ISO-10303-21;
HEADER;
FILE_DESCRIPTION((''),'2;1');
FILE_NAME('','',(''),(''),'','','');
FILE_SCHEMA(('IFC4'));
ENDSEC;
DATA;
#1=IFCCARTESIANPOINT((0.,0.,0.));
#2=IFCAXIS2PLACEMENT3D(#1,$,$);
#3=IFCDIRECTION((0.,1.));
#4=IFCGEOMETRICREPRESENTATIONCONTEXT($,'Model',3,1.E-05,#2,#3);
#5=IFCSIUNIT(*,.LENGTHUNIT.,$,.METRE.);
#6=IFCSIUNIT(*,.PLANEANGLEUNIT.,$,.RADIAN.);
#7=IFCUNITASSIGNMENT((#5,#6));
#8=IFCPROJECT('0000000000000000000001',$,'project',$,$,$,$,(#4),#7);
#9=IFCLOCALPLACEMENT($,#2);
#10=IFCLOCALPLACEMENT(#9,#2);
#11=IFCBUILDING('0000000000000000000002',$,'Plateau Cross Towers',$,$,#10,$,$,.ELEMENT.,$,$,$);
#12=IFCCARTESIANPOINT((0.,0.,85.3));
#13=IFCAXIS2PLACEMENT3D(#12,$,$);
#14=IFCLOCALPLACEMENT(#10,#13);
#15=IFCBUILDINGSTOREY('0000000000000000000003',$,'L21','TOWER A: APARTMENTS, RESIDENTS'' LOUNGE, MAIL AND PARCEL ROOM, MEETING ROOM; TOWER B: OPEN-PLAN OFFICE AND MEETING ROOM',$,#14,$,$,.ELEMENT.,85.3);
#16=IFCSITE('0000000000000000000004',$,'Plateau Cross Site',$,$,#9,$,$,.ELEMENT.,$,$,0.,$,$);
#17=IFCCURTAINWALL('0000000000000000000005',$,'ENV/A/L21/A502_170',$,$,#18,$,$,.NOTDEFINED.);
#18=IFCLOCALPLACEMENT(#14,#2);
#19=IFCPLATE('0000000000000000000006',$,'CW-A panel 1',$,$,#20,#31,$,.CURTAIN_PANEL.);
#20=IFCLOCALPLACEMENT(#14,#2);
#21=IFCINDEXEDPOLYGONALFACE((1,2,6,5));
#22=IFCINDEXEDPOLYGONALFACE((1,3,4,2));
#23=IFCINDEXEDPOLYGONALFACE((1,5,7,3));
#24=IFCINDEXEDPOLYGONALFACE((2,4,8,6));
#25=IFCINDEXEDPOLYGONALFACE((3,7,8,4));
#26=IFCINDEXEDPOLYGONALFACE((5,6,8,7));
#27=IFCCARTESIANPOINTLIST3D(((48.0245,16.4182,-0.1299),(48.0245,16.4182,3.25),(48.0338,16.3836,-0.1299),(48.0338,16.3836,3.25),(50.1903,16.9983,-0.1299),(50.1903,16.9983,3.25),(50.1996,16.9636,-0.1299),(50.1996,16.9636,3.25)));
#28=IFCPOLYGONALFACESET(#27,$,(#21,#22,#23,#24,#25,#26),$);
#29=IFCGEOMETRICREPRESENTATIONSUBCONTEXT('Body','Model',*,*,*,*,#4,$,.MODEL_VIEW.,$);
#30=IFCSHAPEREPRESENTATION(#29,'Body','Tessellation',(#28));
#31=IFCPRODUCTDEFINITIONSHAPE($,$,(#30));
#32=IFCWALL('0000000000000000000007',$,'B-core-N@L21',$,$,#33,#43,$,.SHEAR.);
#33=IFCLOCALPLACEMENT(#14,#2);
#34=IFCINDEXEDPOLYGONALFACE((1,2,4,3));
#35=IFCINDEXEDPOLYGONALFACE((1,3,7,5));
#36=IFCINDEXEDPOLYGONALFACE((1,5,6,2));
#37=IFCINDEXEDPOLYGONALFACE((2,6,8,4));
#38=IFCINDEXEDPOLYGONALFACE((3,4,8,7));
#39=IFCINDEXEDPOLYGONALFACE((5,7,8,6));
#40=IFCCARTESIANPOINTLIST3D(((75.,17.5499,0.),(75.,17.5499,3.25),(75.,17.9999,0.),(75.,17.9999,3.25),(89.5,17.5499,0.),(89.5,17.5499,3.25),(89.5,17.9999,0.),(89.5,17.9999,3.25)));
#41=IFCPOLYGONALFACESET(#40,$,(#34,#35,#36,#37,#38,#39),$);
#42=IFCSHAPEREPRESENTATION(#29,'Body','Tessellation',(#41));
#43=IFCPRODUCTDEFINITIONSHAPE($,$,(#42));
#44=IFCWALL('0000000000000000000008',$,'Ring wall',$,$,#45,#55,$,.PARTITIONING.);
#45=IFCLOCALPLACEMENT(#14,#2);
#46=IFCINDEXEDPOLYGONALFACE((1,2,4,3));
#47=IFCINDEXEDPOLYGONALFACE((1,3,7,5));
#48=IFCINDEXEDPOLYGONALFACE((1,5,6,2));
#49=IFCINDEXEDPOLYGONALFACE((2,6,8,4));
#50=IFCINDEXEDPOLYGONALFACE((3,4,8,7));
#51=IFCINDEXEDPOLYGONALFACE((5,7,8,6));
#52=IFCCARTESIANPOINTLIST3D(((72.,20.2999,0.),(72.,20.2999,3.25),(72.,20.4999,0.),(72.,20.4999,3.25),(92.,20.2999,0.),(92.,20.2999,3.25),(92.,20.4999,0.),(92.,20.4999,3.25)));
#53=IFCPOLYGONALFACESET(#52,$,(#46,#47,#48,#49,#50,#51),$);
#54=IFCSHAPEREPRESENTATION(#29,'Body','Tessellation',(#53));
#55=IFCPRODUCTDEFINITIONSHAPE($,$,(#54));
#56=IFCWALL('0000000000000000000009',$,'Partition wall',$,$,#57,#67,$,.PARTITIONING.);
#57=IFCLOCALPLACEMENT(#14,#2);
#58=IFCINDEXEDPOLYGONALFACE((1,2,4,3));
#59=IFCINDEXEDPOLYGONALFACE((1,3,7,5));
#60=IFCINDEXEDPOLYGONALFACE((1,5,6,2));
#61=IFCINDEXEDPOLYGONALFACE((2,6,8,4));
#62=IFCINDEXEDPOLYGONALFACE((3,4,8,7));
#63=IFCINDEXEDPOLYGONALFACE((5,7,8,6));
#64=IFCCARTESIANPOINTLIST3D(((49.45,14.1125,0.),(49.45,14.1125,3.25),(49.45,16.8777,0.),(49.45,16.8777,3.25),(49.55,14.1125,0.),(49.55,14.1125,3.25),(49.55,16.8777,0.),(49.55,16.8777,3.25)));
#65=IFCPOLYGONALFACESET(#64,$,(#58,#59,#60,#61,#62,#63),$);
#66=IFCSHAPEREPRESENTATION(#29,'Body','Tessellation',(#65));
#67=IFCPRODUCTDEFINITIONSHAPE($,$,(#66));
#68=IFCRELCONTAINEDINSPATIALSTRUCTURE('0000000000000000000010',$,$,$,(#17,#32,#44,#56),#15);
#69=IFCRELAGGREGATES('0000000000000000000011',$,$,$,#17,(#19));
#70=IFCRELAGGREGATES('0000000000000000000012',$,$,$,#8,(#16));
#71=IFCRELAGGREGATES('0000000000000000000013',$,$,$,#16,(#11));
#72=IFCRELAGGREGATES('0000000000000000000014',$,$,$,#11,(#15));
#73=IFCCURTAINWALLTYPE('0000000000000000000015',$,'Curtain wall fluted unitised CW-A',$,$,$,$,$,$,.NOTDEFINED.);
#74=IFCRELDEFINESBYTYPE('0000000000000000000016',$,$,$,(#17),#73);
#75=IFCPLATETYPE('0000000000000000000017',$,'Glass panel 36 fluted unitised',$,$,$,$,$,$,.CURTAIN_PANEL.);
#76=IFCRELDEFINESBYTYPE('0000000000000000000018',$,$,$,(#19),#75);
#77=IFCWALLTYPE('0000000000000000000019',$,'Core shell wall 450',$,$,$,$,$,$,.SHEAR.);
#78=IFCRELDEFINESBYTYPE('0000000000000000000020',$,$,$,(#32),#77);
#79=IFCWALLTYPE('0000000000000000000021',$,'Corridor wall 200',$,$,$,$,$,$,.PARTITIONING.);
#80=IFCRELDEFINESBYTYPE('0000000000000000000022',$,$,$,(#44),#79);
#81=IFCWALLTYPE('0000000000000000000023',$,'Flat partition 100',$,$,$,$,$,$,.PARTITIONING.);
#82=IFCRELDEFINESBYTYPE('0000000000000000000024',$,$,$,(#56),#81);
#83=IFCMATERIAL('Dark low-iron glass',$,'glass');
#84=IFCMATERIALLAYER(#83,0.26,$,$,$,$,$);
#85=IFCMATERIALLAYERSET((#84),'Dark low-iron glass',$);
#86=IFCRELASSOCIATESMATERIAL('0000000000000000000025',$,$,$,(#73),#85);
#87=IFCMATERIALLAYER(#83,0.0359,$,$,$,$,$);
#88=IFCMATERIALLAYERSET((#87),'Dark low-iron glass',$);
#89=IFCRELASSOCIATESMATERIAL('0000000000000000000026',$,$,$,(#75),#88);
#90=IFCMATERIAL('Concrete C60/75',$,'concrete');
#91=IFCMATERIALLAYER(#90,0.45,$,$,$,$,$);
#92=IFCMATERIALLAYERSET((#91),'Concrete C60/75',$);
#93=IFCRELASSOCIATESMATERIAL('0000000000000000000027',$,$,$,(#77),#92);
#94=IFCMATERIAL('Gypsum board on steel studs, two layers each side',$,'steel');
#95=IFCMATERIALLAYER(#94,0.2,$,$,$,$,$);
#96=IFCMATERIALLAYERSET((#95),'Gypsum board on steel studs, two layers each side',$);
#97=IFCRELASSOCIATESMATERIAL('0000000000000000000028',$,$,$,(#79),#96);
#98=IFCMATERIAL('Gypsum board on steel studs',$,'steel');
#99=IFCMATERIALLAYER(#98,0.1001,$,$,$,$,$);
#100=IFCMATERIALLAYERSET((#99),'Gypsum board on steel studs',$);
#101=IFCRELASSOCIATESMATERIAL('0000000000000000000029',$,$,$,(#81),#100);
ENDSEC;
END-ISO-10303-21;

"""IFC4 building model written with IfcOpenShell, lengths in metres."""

from ifc_helpers import new_model, si_unit, direction, frame, frame_2d, origin, origin_2d, place, context, subcontext, project, spatial, rectangle, extrude, material, layer, layer_set, type_object, element, aggregate, save


model = new_model("IFC4")

# Units and contexts
model_context = context("Model", 3, precision=1e-05, world=origin(), true_north=direction((0.0, 1.0)))
body_context = subcontext(model_context, "Body", "Model", "MODEL_VIEW")
ifc_project = project(units=[si_unit("LENGTHUNIT", "METRE"), si_unit("PLANEANGLEUNIT", "RADIAN")], contexts=[model_context])

# Site, building, storey
site_placement = place(None, origin())
site = spatial("IfcSite", under=ifc_project, at=site_placement, Name="Plateau Cross Site", CompositionType="ELEMENT", RefElevation=0.0)
building_placement = place(site_placement, origin())
building = spatial("IfcBuilding", under=site, at=building_placement, Name="Plateau Cross Towers", CompositionType="ELEMENT")
storey_placement = place(building_placement, frame((0.0, 0.0, 85.3)))
storey = spatial("IfcBuildingStorey", under=building, at=storey_placement, Name="L21", Description="TOWER A: APARTMENTS, RESIDENTS' LOUNGE, MAIL AND PARCEL ROOM, MEETING ROOM; TOWER B: OPEN-PLAN OFFICE AND MEETING ROOM", CompositionType="ELEMENT", Elevation=85.3)

# Shared definitions
ifc_material_1 = material(Name="Concrete C60/75", Category="concrete")

# Shared definitions
ifc_material_2 = material(Name="Dark low-iron glass", Category="glass")

# Curtain wall
ifc_layer_1 = layer(ifc_material_2, 0.26)
ifc_layer_set_1 = layer_set([ifc_layer_1], Name="Dark low-iron glass")
curtain_wall_type_1 = type_object("IfcCurtainWallType", Name="Curtain wall fluted unitised CW-A", PredefinedType="NOTDEFINED", material=ifc_layer_set_1)
curtain_wall_1_placement = place(storey_placement, origin())
curtain_wall_1 = element("IfcCurtainWall", 1, at=curtain_wall_1_placement, inside=storey, type_object=curtain_wall_type_1, Name="ENV/A/L21/A502_170", PredefinedType="NOTDEFINED")

# Plate
ifc_layer_2 = layer(ifc_material_2, 0.0359)
ifc_layer_set_2 = layer_set([ifc_layer_2], Name="Dark low-iron glass")
plate_type_1 = type_object("IfcPlateType", Name="Glass panel 36 fluted unitised", PredefinedType="CURTAIN_PANEL", material=ifc_layer_set_2)
plate_1_placement = place(storey_placement, frame((49.1121, 16.6909, -0.1299), z_axis=(0.0, 0.0, 1.0), x_axis=(-0.965958, -0.258699, 0.0)))
plate_1 = element("IfcPlate", 2, at=plate_1_placement, type_object=plate_type_1, Name="CW-A panel 1", PredefinedType="CURTAIN_PANEL", context=body_context, shape_type="SweptSolid", body=[
    extrude(rectangle(XDim=2.2422, YDim=0.0359, at=origin_2d()), origin(), (0.0, 0.0, 1.0), 3.3799),
])
aggregate(curtain_wall_1, [plate_1])

# Walls
ifc_layer_3 = layer(ifc_material_1, 0.45)
ifc_layer_set_3 = layer_set([ifc_layer_3], Name="Concrete C60/75")
wall_type_1 = type_object("IfcWallType", Name="Core shell wall 450", PredefinedType="SHEAR", material=ifc_layer_set_3)
wall_1_placement = place(storey_placement, frame((75.0, 17.7749, 0.0), z_axis=(0.0, 0.0, 1.0), x_axis=(1.0, 0.0, 0.0)))
element("IfcWall", 3, at=wall_1_placement, inside=storey, type_object=wall_type_1, Name="B-core-N@L21", PredefinedType="SHEAR", context=body_context, shape_type="SweptSolid", body=[
    extrude(rectangle(XDim=14.5, YDim=0.45, at=frame_2d((7.25, 0.0))), origin(), (0.0, 0.0, 1.0), 3.25),
])
ifc_material_3 = material(Name="Gypsum board on steel studs, two layers each side", Category="steel")
ifc_layer_4 = layer(ifc_material_3, 0.2)
ifc_layer_set_4 = layer_set([ifc_layer_4], Name="Gypsum board on steel studs, two layers each side")
wall_type_2 = type_object("IfcWallType", Name="Corridor wall 200", PredefinedType="PARTITIONING", material=ifc_layer_set_4)
wall_2_placement = place(storey_placement, frame((72.0, 20.3999, 0.0), z_axis=(0.0, 0.0, 1.0), x_axis=(1.0, 0.0, 0.0)))
element("IfcWall", 4, at=wall_2_placement, inside=storey, type_object=wall_type_2, Name="Ring wall", PredefinedType="PARTITIONING", context=body_context, shape_type="SweptSolid", body=[
    extrude(rectangle(XDim=20.0, YDim=0.2, at=frame_2d((10.0, 0.0))), origin(), (0.0, 0.0, 1.0), 3.25),
])
ifc_material_4 = material(Name="Gypsum board on steel studs", Category="steel")
ifc_layer_5 = layer(ifc_material_4, 0.1001)
ifc_layer_set_5 = layer_set([ifc_layer_5], Name="Gypsum board on steel studs")
wall_type_3 = type_object("IfcWallType", Name="Flat partition 100", PredefinedType="PARTITIONING", material=ifc_layer_set_5)
wall_3_placement = place(storey_placement, frame((49.5, 14.1125, 0.0), z_axis=(0.0, 0.0, 1.0), x_axis=(0.0, 1.0, 0.0)))
element("IfcWall", 5, at=wall_3_placement, inside=storey, type_object=wall_type_3, Name="Partition wall", PredefinedType="PARTITIONING", context=body_context, shape_type="SweptSolid", body=[
    extrude(rectangle(XDim=2.7651, YDim=0.1001, at=frame_2d((1.3826, 0.0))), origin(), (0.0, 0.0, 1.0), 3.25),
])

save(model, "model.ifc")
